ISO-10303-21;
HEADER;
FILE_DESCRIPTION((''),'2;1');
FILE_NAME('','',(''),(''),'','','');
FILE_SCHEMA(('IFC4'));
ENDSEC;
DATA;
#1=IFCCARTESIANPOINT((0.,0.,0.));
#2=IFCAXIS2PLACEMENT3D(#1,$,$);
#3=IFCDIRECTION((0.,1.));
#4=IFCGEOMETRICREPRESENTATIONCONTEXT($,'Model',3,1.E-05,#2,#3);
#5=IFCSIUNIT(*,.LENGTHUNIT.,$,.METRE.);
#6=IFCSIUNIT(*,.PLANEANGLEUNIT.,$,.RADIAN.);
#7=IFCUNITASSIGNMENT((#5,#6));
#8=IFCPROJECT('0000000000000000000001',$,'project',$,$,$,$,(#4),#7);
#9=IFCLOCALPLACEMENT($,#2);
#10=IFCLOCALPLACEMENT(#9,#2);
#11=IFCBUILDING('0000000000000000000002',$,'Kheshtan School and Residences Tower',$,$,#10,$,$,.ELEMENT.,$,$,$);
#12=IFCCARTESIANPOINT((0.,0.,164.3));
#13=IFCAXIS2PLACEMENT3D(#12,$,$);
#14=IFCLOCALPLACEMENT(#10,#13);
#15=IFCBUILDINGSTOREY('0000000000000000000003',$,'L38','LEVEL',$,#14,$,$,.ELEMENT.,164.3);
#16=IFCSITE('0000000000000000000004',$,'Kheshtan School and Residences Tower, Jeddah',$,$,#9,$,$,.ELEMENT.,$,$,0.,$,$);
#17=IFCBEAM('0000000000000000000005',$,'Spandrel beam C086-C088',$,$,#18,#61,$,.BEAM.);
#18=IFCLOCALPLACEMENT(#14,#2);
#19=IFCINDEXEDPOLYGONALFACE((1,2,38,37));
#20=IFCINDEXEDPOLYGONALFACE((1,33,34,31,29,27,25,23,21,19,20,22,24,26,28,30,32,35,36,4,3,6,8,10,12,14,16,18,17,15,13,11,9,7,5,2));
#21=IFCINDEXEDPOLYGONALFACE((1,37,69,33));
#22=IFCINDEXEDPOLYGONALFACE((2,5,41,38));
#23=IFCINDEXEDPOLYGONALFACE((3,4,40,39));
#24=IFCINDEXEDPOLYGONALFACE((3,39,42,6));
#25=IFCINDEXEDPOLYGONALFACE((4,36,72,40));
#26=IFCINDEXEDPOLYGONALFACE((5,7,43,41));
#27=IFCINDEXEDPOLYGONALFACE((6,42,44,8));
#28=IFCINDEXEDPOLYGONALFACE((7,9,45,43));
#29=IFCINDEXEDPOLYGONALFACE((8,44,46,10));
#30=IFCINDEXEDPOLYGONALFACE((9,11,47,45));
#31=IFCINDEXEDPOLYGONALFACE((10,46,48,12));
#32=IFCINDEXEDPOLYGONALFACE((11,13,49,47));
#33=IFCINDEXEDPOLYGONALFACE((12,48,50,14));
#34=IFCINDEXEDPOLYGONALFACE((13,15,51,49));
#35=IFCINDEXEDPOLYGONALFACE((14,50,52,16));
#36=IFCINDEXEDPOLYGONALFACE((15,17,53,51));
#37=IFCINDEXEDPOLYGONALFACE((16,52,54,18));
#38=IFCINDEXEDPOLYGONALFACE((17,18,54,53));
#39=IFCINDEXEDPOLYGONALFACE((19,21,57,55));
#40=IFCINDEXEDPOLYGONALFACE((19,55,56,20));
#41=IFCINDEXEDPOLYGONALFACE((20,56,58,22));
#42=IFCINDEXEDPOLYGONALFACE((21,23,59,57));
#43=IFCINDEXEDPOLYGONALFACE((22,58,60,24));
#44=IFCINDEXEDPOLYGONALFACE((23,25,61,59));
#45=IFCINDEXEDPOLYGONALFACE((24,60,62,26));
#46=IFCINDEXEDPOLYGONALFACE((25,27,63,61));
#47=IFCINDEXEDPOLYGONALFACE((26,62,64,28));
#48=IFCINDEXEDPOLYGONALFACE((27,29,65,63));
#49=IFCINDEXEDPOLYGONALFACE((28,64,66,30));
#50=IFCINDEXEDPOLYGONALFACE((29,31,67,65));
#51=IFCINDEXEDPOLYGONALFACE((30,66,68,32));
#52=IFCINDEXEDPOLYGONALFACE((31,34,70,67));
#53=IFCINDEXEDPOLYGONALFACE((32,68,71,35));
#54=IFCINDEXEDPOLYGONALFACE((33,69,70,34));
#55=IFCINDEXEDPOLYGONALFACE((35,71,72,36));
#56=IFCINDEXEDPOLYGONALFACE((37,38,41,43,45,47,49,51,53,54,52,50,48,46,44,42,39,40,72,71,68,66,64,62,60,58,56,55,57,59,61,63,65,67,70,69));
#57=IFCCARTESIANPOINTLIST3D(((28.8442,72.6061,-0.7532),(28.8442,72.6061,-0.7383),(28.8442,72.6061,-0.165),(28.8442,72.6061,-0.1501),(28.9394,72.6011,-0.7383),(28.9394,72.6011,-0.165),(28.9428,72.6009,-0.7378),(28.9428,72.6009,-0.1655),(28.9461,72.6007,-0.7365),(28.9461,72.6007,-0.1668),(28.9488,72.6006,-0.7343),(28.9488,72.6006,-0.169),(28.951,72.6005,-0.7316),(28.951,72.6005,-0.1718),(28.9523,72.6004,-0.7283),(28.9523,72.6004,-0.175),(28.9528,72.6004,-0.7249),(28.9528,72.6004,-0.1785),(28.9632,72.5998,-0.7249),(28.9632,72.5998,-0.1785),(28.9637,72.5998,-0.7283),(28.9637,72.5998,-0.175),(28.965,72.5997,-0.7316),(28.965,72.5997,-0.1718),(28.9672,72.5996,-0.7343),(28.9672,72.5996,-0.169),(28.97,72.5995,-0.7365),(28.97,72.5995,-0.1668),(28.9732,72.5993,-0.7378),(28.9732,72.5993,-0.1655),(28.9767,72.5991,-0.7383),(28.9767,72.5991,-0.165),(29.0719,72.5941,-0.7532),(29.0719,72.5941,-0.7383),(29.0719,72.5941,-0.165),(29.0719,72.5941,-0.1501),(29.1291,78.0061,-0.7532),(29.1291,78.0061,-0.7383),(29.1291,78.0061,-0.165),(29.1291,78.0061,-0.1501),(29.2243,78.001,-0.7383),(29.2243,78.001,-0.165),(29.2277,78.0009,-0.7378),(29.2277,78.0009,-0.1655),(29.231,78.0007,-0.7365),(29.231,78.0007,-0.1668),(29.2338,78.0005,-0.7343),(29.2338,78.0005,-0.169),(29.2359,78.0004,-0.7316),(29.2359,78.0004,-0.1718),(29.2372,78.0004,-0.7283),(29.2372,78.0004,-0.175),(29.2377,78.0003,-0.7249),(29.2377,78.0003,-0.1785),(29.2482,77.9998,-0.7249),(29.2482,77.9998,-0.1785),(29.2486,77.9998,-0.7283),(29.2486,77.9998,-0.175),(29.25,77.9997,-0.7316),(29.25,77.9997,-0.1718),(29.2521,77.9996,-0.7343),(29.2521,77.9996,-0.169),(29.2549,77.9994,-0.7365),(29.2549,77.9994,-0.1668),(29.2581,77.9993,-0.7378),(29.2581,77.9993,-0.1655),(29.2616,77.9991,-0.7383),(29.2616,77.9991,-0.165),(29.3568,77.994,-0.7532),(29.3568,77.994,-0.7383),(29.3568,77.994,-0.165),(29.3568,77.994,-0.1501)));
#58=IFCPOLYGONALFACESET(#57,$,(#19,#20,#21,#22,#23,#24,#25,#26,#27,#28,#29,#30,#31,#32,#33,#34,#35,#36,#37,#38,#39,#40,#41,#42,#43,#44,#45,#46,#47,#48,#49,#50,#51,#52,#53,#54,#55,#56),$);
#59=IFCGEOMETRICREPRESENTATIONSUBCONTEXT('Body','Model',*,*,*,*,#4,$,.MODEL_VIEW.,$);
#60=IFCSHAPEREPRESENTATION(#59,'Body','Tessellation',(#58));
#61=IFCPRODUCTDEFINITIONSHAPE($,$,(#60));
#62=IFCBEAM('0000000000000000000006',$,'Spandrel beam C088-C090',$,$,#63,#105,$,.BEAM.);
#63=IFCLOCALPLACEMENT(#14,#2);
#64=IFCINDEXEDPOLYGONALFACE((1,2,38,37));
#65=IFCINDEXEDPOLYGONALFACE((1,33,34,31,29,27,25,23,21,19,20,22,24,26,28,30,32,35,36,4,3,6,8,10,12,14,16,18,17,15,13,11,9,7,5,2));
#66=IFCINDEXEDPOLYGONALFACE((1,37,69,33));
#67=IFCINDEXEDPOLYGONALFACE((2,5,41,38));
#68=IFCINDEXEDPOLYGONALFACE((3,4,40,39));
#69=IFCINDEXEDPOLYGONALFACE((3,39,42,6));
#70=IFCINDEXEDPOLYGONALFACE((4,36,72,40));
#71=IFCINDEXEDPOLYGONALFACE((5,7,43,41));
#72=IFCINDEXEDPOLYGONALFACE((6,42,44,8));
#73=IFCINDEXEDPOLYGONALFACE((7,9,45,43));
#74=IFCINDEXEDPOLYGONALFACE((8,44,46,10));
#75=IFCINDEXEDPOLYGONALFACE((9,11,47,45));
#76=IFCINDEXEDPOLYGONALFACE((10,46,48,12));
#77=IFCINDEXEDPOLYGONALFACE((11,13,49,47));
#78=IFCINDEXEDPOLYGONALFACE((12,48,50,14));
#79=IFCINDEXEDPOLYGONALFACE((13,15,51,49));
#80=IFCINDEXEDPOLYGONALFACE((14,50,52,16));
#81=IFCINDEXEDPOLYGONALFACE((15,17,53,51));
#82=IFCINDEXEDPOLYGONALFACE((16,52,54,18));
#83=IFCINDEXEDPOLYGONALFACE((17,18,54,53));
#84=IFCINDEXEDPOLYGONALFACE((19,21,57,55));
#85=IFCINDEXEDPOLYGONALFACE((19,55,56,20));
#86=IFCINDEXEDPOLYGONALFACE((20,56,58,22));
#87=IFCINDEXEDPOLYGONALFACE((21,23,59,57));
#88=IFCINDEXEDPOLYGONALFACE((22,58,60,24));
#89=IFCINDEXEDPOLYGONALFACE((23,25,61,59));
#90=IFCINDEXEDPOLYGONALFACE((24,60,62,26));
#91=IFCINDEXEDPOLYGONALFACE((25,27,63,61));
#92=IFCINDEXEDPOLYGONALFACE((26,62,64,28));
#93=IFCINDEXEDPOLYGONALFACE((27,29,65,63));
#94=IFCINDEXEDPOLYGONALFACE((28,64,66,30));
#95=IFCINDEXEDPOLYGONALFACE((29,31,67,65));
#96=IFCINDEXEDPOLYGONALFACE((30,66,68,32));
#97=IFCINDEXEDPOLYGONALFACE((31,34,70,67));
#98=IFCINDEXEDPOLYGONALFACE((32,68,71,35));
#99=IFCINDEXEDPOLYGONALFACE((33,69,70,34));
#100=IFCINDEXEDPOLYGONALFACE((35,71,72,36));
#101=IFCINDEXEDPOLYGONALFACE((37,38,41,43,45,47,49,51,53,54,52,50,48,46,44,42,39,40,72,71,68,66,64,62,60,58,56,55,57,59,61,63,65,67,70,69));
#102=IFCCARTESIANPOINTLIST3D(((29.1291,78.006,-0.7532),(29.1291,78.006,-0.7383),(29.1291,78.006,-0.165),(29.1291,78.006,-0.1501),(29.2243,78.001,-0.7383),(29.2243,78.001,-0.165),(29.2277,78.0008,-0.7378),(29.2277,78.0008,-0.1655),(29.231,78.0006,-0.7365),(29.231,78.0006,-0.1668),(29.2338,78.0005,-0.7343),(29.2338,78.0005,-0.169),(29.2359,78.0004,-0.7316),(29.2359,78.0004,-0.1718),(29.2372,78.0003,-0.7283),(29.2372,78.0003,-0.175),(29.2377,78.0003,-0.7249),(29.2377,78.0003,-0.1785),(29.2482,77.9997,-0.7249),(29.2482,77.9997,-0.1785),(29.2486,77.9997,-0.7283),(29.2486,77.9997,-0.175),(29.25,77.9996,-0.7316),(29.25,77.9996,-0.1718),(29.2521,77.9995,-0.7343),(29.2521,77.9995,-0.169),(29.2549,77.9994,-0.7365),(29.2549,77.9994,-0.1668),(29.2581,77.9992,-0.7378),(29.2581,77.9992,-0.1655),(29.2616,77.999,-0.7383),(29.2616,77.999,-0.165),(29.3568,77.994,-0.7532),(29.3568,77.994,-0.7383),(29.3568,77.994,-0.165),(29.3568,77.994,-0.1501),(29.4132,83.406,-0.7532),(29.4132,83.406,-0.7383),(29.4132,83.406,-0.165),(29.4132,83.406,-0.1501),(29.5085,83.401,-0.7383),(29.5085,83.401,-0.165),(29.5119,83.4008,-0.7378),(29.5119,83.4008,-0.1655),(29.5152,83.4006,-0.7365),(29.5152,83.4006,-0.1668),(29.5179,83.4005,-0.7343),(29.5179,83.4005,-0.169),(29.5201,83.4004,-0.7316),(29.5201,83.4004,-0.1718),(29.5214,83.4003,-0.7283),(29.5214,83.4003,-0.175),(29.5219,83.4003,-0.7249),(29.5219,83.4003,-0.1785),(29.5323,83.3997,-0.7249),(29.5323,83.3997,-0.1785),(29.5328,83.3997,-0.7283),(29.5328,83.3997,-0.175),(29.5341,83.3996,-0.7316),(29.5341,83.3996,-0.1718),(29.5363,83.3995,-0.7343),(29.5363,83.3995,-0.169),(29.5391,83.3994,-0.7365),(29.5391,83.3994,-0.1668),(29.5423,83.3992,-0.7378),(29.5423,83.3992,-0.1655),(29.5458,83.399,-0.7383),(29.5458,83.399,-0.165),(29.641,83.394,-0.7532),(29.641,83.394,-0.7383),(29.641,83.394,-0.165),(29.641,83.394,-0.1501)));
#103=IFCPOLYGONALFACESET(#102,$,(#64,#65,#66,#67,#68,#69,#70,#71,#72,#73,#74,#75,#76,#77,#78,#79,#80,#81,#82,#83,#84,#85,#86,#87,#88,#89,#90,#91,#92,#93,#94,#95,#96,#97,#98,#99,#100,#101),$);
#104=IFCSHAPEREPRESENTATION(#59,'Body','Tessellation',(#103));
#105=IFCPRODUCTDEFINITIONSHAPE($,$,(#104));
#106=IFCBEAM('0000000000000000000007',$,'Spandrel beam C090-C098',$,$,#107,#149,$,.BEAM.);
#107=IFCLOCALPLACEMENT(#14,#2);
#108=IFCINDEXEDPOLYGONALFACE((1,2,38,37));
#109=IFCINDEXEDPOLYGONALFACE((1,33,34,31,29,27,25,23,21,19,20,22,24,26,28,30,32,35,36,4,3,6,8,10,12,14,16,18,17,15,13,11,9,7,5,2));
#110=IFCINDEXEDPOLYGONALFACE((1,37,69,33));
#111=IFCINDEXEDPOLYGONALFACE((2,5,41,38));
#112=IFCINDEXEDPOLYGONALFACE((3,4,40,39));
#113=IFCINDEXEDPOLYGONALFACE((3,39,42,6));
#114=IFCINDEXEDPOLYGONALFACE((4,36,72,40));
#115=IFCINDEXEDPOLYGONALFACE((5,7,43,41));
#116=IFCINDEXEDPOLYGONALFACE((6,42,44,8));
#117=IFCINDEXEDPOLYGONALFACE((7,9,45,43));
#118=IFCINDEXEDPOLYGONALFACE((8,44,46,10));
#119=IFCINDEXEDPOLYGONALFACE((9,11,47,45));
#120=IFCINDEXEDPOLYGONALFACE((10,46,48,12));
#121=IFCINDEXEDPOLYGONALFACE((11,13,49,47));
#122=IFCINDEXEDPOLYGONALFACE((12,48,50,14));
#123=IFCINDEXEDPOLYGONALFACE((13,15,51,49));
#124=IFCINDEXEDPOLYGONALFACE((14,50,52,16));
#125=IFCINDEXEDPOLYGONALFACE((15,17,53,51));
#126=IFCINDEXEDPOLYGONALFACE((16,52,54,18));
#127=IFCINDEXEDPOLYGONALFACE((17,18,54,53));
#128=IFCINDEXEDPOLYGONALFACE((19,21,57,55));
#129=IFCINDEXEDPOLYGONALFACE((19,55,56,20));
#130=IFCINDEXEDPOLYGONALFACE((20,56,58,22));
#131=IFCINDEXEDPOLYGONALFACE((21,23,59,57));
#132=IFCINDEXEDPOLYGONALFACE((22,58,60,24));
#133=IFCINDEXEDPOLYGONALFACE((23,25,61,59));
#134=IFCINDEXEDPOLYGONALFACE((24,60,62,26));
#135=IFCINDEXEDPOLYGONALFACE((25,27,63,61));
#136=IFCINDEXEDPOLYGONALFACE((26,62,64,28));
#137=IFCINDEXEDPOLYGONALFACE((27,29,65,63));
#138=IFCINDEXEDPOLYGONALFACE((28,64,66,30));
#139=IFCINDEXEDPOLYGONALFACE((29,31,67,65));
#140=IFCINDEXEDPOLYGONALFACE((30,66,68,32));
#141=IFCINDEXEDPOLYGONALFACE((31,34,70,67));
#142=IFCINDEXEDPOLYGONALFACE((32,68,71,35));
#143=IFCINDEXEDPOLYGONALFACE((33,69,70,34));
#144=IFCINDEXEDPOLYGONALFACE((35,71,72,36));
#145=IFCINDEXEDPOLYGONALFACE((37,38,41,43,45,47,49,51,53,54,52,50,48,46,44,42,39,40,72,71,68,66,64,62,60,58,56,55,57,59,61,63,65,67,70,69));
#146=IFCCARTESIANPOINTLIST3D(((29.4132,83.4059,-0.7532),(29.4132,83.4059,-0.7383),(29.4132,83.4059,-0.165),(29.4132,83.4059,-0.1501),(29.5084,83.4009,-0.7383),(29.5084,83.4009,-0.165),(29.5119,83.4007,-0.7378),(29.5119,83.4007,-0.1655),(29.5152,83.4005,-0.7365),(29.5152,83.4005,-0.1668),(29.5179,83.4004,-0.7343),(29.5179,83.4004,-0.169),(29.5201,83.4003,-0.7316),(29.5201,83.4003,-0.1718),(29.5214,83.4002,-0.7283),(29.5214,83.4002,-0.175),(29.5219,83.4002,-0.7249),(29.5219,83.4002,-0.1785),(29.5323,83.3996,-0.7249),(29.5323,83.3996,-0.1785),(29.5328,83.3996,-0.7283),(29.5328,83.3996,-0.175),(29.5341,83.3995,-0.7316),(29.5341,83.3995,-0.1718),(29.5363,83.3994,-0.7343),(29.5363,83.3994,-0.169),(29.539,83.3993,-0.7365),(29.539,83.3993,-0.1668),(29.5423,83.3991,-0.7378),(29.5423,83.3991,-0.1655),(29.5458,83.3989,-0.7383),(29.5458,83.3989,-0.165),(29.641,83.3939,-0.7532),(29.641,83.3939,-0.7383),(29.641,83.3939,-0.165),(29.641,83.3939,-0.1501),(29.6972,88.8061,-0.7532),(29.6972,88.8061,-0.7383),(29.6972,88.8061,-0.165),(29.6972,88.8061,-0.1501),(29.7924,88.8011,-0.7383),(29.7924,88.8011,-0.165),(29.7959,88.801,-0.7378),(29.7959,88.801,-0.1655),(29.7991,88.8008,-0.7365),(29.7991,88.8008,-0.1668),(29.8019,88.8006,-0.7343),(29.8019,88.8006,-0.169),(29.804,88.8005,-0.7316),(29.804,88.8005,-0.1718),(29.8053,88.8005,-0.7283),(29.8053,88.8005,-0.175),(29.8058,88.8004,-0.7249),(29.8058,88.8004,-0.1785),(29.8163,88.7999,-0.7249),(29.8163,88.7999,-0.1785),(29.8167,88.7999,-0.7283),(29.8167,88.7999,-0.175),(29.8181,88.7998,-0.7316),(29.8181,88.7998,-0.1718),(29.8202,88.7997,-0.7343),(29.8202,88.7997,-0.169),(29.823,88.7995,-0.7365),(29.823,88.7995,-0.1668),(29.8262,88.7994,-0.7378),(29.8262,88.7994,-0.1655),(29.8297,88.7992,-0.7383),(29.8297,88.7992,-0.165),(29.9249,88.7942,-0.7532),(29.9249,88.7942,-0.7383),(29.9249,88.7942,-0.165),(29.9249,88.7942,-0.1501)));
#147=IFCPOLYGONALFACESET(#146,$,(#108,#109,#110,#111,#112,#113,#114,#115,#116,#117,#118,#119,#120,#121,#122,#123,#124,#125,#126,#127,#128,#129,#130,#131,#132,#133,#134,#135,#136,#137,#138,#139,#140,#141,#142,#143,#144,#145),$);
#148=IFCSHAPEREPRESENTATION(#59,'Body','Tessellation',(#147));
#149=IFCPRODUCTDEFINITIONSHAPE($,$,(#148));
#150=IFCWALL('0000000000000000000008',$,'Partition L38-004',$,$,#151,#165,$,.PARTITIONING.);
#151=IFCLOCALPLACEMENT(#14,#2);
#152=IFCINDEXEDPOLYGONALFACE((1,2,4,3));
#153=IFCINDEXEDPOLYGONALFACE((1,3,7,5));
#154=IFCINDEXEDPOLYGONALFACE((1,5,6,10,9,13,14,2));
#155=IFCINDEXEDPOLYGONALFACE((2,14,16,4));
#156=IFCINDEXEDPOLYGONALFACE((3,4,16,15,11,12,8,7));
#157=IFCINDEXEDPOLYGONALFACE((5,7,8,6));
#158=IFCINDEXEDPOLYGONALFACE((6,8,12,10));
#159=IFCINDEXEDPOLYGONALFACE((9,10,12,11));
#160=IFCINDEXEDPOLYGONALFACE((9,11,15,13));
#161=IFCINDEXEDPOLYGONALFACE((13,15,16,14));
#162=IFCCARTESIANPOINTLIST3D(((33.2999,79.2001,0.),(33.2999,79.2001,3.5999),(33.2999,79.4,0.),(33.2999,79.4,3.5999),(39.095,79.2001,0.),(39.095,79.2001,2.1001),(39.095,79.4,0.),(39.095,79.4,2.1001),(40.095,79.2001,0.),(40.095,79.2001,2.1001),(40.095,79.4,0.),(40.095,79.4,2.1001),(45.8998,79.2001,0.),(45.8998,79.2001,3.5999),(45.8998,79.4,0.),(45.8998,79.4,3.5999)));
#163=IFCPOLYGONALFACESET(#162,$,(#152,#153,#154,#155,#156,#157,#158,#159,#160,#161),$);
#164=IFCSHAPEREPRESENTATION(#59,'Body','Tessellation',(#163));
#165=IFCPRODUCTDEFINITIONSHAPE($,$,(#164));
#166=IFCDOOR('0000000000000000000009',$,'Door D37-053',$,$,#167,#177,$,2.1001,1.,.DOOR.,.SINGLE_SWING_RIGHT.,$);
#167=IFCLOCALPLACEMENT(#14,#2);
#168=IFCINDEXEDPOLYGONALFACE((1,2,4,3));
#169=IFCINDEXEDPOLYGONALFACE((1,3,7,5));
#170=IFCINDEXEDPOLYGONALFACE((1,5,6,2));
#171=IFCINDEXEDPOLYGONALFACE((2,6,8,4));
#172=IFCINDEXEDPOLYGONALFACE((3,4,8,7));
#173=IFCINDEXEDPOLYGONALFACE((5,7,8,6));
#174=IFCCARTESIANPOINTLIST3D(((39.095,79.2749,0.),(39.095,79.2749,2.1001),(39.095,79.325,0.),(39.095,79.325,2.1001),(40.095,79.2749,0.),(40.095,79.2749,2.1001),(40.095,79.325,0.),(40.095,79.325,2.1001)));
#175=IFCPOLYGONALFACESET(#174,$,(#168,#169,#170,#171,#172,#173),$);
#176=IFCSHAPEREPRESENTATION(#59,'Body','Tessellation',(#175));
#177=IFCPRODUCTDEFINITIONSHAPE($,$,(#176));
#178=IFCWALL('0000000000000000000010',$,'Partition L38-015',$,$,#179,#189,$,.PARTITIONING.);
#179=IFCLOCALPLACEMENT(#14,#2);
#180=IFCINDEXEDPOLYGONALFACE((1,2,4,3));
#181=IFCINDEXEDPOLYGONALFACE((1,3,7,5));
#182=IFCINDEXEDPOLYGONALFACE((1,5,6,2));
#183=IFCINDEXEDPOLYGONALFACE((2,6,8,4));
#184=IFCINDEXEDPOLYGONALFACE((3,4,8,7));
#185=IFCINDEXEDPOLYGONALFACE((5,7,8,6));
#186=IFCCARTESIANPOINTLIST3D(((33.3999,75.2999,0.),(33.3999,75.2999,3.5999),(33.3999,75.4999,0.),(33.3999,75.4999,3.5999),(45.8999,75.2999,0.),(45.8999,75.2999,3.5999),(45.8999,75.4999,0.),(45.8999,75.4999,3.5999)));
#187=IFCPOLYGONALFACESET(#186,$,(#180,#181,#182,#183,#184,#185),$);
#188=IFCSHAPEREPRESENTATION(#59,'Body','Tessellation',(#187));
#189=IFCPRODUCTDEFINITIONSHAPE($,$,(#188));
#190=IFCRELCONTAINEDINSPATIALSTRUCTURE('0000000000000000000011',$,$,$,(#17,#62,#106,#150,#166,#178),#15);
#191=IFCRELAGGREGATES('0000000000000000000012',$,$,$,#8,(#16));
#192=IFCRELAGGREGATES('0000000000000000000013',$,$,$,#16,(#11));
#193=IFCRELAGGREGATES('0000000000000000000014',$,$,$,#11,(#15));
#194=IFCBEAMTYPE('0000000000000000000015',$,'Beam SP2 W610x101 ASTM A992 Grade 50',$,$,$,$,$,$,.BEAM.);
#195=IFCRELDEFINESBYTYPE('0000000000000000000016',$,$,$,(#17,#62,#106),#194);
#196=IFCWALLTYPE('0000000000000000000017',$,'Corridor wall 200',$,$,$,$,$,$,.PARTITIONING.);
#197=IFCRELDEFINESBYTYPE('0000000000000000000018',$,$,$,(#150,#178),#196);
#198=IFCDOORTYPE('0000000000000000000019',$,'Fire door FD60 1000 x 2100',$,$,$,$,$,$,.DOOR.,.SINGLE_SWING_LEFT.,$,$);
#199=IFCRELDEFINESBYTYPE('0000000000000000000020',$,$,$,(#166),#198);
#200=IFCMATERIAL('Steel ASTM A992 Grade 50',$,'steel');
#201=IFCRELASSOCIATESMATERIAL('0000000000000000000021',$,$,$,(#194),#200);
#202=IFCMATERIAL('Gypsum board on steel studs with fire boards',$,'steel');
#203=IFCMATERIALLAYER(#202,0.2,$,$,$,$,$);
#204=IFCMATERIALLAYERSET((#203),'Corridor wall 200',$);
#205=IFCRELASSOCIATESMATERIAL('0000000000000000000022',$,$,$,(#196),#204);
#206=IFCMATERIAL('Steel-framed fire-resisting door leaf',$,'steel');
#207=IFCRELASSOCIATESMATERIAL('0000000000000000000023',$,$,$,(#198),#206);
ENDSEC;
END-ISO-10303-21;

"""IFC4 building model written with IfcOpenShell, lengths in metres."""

from ifc_helpers import new_model, si_unit, direction, frame, frame_2d, origin, origin_2d, place, context, subcontext, project, spatial, rectangle, i_section, extrude, source, transform, mapped, material, layer, layer_set, material_profile, profile_set, type_object, element, fill, save


model = new_model("IFC4")

# Units and contexts
model_context = context("Model", 3, precision=1e-05, world=origin(), true_north=direction((0.0, 1.0)))
body_context = subcontext(model_context, "Body", "Model", "MODEL_VIEW")
ifc_project = project(units=[si_unit("LENGTHUNIT", "METRE"), si_unit("PLANEANGLEUNIT", "RADIAN")], contexts=[model_context])

# Site, building, storey
site_placement = place(None, origin())
site = spatial("IfcSite", under=ifc_project, at=site_placement, Name="Kheshtan School and Residences Tower, Jeddah", CompositionType="ELEMENT", RefElevation=0.0)
building_placement = place(site_placement, origin())
building = spatial("IfcBuilding", under=site, at=building_placement, Name="Kheshtan School and Residences Tower", CompositionType="ELEMENT")
storey_placement = place(building_placement, frame((0.0, 0.0, 164.3)))
storey = spatial("IfcBuildingStorey", under=building, at=storey_placement, Name="L38", Description="LEVEL", CompositionType="ELEMENT", Elevation=164.3)

# Shared definitions
ifc_material_1 = material(Name="Steel ASTM A992 Grade 50", Category="steel")

# Beams
ifc_material_profile_1 = material_profile(ifc_material_1, i_section(OverallWidth=0.228, OverallDepth=0.603, WebThickness=0.0105, FlangeThickness=0.0149, FilletRadius=0.0134, at=origin_2d()), Name="W610x101")
ifc_profile_set_1 = profile_set([ifc_material_profile_1], Name="Steel ASTM A992 Grade 50")
beam_type_1 = type_object("IfcBeamType", Name="Beam SP2 W610x101 ASTM A992 Grade 50", PredefinedType="BEAM", material=ifc_profile_set_1)
for number, where, z_axis, x_axis, name in (
    (1, (28.958, 72.6001, -0.4517), (0.052689, 0.998611, 0.0), (-0.998611, 0.052689, 0.0), "Spandrel beam C086-C088"),
    (2, (29.2429, 78.0, -0.4517), (0.052554, 0.998618, 0.0), (-0.998618, 0.052554, 0.0), "Spandrel beam C088-C090"),
):
    element("IfcBeam", number, at=place(storey_placement, frame(where, z_axis=z_axis, x_axis=x_axis)), inside=storey, type_object=beam_type_1, Name=name, PredefinedType="BEAM", context=body_context, shape_type="SweptSolid", body=[
        extrude(i_section(OverallWidth=0.228, OverallDepth=0.603, WebThickness=0.0105, FlangeThickness=0.0149, FilletRadius=0.0134, at=origin_2d()), origin(), (0.0, 0.0, 1.0), 5.4075),
    ])
beam_1_placement = place(storey_placement, frame((29.5271, 83.3999, -0.4517), z_axis=(0.052507, 0.998621, 0.0), x_axis=(-0.998621, 0.052507, 0.0)))
element("IfcBeam", 3, at=beam_1_placement, inside=storey, type_object=beam_type_1, Name="Spandrel beam C090-C098", PredefinedType="BEAM", context=body_context, shape_type="SweptSolid", body=[
    extrude(i_section(OverallWidth=0.228, OverallDepth=0.603, WebThickness=0.0105, FlangeThickness=0.0149, FilletRadius=0.0134, at=origin_2d()), origin(), (0.0, 0.0, 1.0), 5.4077),
])

# Wall, opening, door
ifc_material_2 = material(Name="Gypsum board on steel studs with fire boards", Category="steel")
ifc_layer_1 = layer(ifc_material_2, 0.2)
ifc_layer_set_1 = layer_set([ifc_layer_1], Name="Corridor wall 200")
wall_type_1 = type_object("IfcWallType", Name="Corridor wall 200", PredefinedType="PARTITIONING", material=ifc_layer_set_1)
wall_1_placement = place(storey_placement, frame((33.3, 79.3, 0.0), z_axis=(0.0, 0.0, 1.0), x_axis=(1.0, 0.0, 0.0)))
wall_1 = element("IfcWall", 4, at=wall_1_placement, inside=storey, type_object=wall_type_1, Name="Partition L38-004", PredefinedType="PARTITIONING", context=body_context, shape_type="SweptSolid", body=[
    extrude(rectangle(XDim=12.5999, YDim=0.2, at=frame_2d((6.2998, 0.0))), origin(), (0.0, 0.0, 1.0), 3.5999),
])
opening_1_placement = place(wall_1_placement, frame((5.7949, 0.0, 0.0)))
opening_1 = element("IfcOpeningElement", 5, at=opening_1_placement, cuts=wall_1, PredefinedType="OPENING", context=body_context, shape_type="SweptSolid", body=[
    extrude(rectangle(XDim=1.0, YDim=2.1001, at=frame_2d((0.5, 1.05))), frame((0.0, 0.1099, 0.0), z_axis=(0.0, -1.0, 0.0), x_axis=(1.0, 0.0, 0.0)), (0.0, 0.0, 1.0), 0.22),
])
ifc_material_3 = material(Name="Steel-framed fire-resisting door leaf", Category="steel")
door_type_1 = type_object("IfcDoorType", Name="Fire door FD60 1000 x 2100", OperationType="SINGLE_SWING_LEFT", PredefinedType="DOOR", material=ifc_material_3)
shared_shape_1 = source(origin(), body_context, "Body", "SweptSolid", [
    extrude(rectangle(XDim=1.0, YDim=2.1001, at=frame_2d((0.5, 1.05))), frame((0.0, 0.0249, 0.0), z_axis=(0.0, -1.0, 0.0), x_axis=(1.0, 0.0, 0.0)), (0.0, 0.0, 1.0), 0.05),
])
door_1_placement = place(opening_1_placement, origin())
door_1 = element("IfcDoor", 6, at=door_1_placement, inside=storey, type_object=door_type_1, Name="Door D37-053", OperationType="SINGLE_SWING_RIGHT", OverallHeight=2.1001, OverallWidth=1.0, PredefinedType="DOOR", context=body_context, shape_type="MappedRepresentation", body=[
    mapped(shared_shape_1, transform((0.0, 0.0, 0.0), x_axis=(1.0, 0.0, 0.0), y_axis=(0.0, 1.0, 0.0), z_axis=(0.0, 0.0, 1.0), scale=1.0)),
])
fill(opening_1, door_1)

# Wall
wall_2_placement = place(storey_placement, frame((33.3999, 75.3999, 0.0), z_axis=(0.0, 0.0, 1.0), x_axis=(1.0, 0.0, 0.0)))
element("IfcWall", 7, at=wall_2_placement, inside=storey, type_object=wall_type_1, Name="Partition L38-015", PredefinedType="PARTITIONING", context=body_context, shape_type="SweptSolid", body=[
    extrude(rectangle(XDim=12.5, YDim=0.2, at=frame_2d((6.25, 0.0))), origin(), (0.0, 0.0, 1.0), 3.5999),
])

save(model, "model.ifc")
